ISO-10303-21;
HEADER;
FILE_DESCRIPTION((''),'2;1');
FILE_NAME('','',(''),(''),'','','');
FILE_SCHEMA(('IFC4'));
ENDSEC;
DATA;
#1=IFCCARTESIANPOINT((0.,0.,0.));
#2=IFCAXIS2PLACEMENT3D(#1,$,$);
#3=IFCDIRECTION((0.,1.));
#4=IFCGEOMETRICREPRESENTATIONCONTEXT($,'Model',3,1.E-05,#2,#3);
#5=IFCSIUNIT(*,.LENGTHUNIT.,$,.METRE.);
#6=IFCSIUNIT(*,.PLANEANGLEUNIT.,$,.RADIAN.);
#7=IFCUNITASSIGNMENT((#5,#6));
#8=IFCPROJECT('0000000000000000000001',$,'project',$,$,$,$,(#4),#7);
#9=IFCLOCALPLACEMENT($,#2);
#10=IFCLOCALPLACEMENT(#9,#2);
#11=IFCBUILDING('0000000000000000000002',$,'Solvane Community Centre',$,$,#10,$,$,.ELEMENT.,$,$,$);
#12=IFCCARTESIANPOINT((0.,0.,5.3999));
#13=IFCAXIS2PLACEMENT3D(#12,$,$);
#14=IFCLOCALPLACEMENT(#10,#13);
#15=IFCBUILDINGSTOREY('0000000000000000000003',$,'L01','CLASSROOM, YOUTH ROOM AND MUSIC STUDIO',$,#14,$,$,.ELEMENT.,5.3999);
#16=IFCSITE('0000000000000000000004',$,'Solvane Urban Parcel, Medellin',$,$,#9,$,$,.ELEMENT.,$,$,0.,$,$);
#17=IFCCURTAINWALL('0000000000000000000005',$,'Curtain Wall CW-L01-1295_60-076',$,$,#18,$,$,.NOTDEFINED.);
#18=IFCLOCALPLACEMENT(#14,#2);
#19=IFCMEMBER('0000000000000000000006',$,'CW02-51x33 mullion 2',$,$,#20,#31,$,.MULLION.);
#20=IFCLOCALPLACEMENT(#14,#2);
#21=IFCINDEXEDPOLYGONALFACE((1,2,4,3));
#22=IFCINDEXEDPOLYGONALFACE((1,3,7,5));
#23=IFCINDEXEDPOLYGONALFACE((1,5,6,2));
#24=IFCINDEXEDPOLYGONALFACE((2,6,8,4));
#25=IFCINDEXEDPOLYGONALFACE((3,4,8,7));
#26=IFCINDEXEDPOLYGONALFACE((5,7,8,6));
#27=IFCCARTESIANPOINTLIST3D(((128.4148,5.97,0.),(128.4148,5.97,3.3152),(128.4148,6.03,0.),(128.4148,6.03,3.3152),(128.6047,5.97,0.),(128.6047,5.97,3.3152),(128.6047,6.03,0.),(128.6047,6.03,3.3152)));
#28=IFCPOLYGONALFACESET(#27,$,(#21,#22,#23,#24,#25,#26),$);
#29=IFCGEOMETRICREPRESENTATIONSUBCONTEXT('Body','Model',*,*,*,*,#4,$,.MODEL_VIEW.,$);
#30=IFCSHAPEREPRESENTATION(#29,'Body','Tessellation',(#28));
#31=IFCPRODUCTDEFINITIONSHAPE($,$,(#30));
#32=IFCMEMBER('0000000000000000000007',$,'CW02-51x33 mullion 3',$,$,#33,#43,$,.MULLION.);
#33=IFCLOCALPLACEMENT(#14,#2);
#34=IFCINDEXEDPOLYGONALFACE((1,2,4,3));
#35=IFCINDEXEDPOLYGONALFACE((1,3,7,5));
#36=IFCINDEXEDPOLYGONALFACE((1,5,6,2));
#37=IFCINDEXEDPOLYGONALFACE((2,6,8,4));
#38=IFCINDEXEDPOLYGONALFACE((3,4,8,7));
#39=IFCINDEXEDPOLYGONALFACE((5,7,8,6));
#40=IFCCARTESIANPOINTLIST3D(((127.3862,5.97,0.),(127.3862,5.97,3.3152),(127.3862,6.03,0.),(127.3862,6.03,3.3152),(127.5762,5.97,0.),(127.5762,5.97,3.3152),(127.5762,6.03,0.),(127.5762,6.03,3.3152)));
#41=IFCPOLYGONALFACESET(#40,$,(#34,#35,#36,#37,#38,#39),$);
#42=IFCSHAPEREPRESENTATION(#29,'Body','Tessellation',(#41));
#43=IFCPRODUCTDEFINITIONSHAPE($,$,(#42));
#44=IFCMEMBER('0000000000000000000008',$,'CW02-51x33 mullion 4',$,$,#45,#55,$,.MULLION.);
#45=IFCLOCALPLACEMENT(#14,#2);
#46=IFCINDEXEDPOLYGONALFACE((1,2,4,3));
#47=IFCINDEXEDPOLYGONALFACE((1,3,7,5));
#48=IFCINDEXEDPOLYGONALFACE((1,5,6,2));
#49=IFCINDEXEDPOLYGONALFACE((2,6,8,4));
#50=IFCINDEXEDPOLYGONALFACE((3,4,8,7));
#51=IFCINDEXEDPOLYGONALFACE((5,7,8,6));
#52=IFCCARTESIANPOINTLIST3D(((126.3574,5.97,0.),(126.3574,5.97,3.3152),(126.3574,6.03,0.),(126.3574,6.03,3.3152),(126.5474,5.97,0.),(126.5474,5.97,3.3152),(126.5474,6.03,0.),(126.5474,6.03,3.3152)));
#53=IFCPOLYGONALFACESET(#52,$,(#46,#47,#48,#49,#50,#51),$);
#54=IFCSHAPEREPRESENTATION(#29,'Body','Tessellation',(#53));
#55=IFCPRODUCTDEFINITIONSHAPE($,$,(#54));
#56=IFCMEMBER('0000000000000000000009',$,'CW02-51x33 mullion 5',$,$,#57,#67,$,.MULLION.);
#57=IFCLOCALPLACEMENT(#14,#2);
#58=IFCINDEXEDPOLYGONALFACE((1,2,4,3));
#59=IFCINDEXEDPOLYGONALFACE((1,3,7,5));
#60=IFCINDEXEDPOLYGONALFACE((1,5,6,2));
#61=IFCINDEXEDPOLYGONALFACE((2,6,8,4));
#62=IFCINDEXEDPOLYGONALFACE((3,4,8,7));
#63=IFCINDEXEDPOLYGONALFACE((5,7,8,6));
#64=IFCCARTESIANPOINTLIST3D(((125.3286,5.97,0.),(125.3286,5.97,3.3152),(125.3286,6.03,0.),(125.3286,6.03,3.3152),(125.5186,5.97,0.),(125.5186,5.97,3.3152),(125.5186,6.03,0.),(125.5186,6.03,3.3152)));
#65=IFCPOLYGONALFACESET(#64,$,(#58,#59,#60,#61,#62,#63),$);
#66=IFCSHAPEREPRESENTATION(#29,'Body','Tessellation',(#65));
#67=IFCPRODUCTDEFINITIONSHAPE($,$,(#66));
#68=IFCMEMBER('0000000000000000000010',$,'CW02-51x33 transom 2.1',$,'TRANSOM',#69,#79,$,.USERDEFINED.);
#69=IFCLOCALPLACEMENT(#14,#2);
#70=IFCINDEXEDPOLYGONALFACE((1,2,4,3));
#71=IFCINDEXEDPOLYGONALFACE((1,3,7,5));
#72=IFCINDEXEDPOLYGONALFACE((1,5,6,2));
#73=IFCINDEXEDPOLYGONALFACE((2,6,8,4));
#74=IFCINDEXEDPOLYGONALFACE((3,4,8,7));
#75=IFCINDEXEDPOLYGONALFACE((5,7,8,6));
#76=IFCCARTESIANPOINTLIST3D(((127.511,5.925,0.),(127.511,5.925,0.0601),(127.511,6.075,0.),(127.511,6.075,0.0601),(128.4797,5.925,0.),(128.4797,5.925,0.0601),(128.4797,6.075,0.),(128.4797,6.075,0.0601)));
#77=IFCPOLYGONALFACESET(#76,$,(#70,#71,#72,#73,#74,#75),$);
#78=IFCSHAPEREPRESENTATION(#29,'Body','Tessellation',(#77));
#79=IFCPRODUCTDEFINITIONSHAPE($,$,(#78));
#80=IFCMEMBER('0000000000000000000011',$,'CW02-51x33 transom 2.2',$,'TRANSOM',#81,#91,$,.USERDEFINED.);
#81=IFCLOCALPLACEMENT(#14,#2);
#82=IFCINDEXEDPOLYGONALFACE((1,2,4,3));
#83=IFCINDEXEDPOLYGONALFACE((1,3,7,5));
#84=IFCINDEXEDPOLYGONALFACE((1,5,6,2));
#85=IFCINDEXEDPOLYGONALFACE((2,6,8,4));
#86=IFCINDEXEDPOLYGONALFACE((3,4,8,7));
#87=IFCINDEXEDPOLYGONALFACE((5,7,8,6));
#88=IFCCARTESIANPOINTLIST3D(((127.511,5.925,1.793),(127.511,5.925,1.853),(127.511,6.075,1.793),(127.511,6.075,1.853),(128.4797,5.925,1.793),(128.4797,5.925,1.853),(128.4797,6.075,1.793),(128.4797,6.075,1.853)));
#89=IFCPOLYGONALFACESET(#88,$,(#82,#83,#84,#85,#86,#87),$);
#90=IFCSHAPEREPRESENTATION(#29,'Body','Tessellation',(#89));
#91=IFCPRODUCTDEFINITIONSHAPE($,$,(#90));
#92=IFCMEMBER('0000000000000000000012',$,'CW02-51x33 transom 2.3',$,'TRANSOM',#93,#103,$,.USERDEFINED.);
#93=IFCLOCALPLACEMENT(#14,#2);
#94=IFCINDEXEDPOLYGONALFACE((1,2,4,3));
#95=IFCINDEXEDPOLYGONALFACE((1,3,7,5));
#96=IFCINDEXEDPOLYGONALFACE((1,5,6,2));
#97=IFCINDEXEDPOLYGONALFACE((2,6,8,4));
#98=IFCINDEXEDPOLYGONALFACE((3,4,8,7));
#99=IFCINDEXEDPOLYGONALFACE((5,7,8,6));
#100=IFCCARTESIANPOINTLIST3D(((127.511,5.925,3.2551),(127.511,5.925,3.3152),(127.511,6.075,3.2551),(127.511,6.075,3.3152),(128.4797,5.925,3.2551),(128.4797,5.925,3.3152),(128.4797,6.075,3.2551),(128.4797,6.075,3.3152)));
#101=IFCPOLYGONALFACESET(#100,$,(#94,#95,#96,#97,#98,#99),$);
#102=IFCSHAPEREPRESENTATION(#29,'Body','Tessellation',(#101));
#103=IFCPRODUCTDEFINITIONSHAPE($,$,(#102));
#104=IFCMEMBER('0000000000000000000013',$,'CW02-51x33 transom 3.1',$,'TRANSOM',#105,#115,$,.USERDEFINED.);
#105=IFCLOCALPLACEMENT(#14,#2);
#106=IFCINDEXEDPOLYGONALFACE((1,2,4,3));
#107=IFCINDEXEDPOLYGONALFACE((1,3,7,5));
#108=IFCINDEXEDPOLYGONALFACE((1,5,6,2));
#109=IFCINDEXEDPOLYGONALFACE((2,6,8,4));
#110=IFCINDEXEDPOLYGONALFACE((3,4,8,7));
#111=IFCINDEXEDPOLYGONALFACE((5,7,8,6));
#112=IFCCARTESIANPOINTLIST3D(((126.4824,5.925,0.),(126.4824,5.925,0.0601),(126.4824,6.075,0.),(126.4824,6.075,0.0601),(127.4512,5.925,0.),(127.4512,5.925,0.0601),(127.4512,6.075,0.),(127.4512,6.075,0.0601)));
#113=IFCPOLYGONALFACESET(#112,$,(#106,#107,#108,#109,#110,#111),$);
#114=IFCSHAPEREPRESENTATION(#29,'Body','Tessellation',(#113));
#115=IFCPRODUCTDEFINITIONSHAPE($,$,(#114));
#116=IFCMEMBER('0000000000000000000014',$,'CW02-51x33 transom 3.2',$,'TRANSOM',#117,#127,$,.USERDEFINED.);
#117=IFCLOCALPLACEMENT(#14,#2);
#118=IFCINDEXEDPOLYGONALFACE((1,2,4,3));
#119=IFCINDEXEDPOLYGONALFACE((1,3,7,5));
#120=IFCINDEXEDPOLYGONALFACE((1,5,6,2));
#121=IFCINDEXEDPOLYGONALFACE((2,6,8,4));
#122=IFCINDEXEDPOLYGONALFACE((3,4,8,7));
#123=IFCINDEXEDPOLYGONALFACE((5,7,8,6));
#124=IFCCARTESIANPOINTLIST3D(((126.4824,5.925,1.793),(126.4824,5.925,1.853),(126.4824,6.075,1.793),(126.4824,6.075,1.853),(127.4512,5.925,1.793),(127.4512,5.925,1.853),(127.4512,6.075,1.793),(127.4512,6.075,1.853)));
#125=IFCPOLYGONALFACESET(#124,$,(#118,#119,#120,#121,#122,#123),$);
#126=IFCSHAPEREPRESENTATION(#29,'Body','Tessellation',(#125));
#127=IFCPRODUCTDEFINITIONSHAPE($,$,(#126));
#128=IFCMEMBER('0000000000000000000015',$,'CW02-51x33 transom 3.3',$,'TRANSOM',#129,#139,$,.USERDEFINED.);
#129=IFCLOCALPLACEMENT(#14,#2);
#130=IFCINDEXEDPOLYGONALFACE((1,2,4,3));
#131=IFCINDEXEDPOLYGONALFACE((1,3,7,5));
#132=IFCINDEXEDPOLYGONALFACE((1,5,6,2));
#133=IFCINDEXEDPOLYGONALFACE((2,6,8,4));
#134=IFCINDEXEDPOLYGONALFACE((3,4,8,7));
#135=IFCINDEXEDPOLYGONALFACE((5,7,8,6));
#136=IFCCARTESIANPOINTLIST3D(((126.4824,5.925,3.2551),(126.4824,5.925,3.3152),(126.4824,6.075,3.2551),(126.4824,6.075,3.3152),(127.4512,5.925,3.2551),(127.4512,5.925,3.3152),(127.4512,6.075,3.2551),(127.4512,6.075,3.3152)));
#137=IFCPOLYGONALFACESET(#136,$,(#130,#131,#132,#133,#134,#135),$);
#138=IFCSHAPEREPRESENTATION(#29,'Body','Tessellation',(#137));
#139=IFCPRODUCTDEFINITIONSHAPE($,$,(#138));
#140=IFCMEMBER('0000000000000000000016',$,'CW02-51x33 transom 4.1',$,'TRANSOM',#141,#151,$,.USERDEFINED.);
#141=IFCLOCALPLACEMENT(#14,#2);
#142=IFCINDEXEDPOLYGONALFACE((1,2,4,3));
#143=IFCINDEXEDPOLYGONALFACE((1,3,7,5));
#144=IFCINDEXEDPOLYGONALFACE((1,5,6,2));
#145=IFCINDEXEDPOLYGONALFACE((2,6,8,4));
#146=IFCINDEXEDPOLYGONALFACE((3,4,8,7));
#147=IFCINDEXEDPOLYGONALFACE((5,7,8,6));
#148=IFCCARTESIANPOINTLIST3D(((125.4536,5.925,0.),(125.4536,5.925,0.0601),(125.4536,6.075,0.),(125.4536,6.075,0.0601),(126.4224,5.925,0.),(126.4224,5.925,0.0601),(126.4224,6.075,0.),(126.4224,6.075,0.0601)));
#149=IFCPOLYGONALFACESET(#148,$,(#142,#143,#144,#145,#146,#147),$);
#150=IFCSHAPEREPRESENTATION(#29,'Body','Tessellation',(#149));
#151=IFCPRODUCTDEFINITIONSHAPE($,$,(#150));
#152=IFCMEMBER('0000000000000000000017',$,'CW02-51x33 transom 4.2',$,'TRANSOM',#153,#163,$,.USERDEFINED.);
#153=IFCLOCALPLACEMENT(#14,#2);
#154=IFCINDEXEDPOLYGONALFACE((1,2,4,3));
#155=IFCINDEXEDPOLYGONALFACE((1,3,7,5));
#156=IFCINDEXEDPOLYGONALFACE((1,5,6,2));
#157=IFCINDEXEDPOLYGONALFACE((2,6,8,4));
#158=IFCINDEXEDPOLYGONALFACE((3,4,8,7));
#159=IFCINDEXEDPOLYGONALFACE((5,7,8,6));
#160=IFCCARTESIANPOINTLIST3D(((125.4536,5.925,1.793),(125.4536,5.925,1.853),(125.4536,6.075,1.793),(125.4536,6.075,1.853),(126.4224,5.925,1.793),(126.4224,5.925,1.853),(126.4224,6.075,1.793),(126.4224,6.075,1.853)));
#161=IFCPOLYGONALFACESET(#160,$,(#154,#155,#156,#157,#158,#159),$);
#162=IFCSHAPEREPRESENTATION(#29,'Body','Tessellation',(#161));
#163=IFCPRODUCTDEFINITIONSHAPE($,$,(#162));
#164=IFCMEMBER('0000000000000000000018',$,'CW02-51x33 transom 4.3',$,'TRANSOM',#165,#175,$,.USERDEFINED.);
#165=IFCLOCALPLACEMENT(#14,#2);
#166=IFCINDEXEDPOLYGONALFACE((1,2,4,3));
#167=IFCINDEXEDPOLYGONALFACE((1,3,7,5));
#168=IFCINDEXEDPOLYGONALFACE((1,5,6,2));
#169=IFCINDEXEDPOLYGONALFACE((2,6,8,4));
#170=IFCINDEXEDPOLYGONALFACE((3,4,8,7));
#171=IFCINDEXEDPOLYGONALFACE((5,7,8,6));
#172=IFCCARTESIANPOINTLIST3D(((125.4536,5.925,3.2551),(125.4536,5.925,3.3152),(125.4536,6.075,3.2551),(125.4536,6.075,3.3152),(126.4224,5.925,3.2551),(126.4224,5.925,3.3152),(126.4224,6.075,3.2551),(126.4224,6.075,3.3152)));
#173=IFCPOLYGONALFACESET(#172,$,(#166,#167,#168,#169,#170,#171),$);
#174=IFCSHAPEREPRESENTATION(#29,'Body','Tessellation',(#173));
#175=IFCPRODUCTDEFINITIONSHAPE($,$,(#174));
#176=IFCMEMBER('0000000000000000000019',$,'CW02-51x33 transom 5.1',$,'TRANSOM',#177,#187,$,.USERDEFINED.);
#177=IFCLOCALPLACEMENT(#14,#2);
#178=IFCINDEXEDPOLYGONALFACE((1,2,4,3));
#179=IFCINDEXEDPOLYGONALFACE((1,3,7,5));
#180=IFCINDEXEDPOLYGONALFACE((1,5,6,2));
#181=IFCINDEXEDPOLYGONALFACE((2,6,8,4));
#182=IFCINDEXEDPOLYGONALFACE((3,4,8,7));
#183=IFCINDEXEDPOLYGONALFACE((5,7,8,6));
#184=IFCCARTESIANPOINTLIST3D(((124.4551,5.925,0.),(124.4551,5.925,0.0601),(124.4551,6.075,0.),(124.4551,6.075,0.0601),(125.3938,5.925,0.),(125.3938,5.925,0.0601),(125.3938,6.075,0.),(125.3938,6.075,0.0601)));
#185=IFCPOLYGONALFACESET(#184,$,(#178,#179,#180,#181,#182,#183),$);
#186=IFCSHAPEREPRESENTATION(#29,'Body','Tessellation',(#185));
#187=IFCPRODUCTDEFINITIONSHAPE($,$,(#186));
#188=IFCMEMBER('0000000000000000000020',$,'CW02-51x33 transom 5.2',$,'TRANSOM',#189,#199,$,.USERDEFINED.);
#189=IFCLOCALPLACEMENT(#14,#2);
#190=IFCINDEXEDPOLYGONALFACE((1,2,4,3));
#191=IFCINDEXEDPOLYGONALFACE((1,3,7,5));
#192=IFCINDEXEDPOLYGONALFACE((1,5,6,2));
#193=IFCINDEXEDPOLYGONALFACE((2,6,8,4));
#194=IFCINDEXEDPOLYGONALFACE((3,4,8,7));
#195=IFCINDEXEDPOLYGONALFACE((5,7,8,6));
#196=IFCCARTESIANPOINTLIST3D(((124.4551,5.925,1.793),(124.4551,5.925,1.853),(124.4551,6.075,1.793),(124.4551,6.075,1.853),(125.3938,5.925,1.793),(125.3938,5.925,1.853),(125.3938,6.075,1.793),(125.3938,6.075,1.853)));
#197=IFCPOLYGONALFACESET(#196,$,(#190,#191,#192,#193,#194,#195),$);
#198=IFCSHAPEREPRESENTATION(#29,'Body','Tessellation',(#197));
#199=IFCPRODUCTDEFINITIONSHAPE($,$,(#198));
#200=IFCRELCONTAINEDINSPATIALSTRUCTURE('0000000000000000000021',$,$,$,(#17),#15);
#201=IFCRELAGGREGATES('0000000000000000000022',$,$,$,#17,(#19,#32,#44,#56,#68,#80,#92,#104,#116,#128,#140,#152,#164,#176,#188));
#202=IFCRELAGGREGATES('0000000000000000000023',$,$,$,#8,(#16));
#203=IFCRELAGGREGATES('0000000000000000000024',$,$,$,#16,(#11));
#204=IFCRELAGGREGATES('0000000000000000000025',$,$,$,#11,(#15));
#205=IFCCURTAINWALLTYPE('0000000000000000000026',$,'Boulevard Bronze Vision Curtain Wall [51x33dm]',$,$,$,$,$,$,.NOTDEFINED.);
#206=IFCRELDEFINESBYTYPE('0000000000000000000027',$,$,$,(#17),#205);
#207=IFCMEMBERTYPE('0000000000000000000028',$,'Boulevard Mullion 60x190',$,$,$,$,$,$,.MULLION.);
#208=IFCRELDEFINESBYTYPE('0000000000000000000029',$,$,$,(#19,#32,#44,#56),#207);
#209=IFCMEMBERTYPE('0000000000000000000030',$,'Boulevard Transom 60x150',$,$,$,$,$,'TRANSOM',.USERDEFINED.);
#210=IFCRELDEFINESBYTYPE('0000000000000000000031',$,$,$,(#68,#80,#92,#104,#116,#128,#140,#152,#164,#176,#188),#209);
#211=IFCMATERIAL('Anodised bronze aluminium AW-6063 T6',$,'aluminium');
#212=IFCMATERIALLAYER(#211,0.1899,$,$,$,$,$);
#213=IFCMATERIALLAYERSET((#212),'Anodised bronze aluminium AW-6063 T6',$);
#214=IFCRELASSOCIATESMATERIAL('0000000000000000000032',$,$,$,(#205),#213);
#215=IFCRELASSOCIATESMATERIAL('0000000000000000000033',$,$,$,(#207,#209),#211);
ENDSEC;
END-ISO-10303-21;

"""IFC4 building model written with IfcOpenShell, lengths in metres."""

from ifc_helpers import new_model, si_unit, direction, frame, origin, origin_2d, place, context, subcontext, project, spatial, rectangle, extrude, material, layer, layer_set, material_profile, profile_set, type_object, element, aggregate, save


model = new_model("IFC4")

# Units and contexts
model_context = context("Model", 3, precision=1e-05, world=origin(), true_north=direction((0.0, 1.0)))
body_context = subcontext(model_context, "Body", "Model", "MODEL_VIEW")
ifc_project = project(units=[si_unit("LENGTHUNIT", "METRE"), si_unit("PLANEANGLEUNIT", "RADIAN")], contexts=[model_context])

# Site, building, storey
site_placement = place(None, origin())
site = spatial("IfcSite", under=ifc_project, at=site_placement, Name="Solvane Urban Parcel, Medellin", CompositionType="ELEMENT", RefElevation=0.0)
building_placement = place(site_placement, origin())
building = spatial("IfcBuilding", under=site, at=building_placement, Name="Solvane Community Centre", CompositionType="ELEMENT")
storey_placement = place(building_placement, frame((0.0, 0.0, 5.3999)))
storey = spatial("IfcBuildingStorey", under=building, at=storey_placement, Name="L01", Description="CLASSROOM, YOUTH ROOM AND MUSIC STUDIO", CompositionType="ELEMENT", Elevation=5.3999)

# Curtain wall, members
ifc_material_1 = material(Name="Anodised bronze aluminium AW-6063 T6", Category="aluminium")
ifc_layer_1 = layer(ifc_material_1, 0.1899)
ifc_layer_set_1 = layer_set([ifc_layer_1], Name="Anodised bronze aluminium AW-6063 T6")
curtain_wall_type = type_object("IfcCurtainWallType", Name="Boulevard Bronze Vision Curtain Wall [51x33dm]", PredefinedType="NOTDEFINED", material=ifc_layer_set_1)
curtain_wall_placement = place(storey_placement, origin())
curtain_wall = element("IfcCurtainWall", 1, at=curtain_wall_placement, inside=storey, type_object=curtain_wall_type, Name="Curtain Wall CW-L01-1295_60-076", PredefinedType="NOTDEFINED")
ifc_material_profile_1 = material_profile(ifc_material_1, rectangle(XDim=0.0601, YDim=0.1899, at=origin_2d()), Name="CW-M 60x190")
ifc_profile_set_1 = profile_set([ifc_material_profile_1], Name="Anodised bronze aluminium AW-6063 T6")
member_type_1 = type_object("IfcMemberType", Name="Boulevard Mullion 60x190", PredefinedType="MULLION", material=ifc_profile_set_1)
member_1_placement = place(storey_placement, frame((128.5098, 6.0, 0.0), z_axis=(0.0, 0.0, 1.0), x_axis=(0.0, -1.0, 0.0)))
member_1 = element("IfcMember", 2, at=member_1_placement, type_object=member_type_1, Name="CW02-51x33 mullion 2", PredefinedType="MULLION", context=body_context, shape_type="SweptSolid", body=[
    extrude(rectangle(XDim=0.0601, YDim=0.1899, at=origin_2d()), origin(), (0.0, 0.0, 1.0), 3.3152),
])
member_2_placement = place(storey_placement, frame((127.4812, 6.0, 0.0), z_axis=(0.0, 0.0, 1.0), x_axis=(0.0, -1.0, 0.0)))
member_2 = element("IfcMember", 3, at=member_2_placement, type_object=member_type_1, Name="CW02-51x33 mullion 3", PredefinedType="MULLION", context=body_context, shape_type="SweptSolid", body=[
    extrude(rectangle(XDim=0.0601, YDim=0.1899, at=origin_2d()), origin(), (0.0, 0.0, 1.0), 3.3152),
])
member_3_placement = place(storey_placement, frame((126.4524, 6.0, 0.0), z_axis=(0.0, 0.0, 1.0), x_axis=(0.0, -1.0, 0.0)))
member_3 = element("IfcMember", 4, at=member_3_placement, type_object=member_type_1, Name="CW02-51x33 mullion 4", PredefinedType="MULLION", context=body_context, shape_type="SweptSolid", body=[
    extrude(rectangle(XDim=0.0601, YDim=0.1899, at=origin_2d()), origin(), (0.0, 0.0, 1.0), 3.3152),
])
member_4_placement = place(storey_placement, frame((125.4236, 6.0, 0.0), z_axis=(0.0, 0.0, 1.0), x_axis=(0.0, -1.0, 0.0)))
member_4 = element("IfcMember", 5, at=member_4_placement, type_object=member_type_1, Name="CW02-51x33 mullion 5", PredefinedType="MULLION", context=body_context, shape_type="SweptSolid", body=[
    extrude(rectangle(XDim=0.0601, YDim=0.1899, at=origin_2d()), origin(), (0.0, 0.0, 1.0), 3.3152),
])
ifc_material_profile_2 = material_profile(ifc_material_1, rectangle(XDim=0.1499, YDim=0.0601, at=origin_2d()), Name="CW-T 60x150")
ifc_profile_set_2 = profile_set([ifc_material_profile_2], Name="Anodised bronze aluminium AW-6063 T6")
member_type_2 = type_object("IfcMemberType", Name="Boulevard Transom 60x150", ElementType="TRANSOM", PredefinedType="USERDEFINED", material=ifc_profile_set_2)
member_5_placement = place(storey_placement, frame((128.4797, 6.0, 0.03), z_axis=(-1.0, 0.0, 0.0), x_axis=(0.0, -1.0, 0.0)))
member_5 = element("IfcMember", 6, at=member_5_placement, type_object=member_type_2, Name="CW02-51x33 transom 2.1", ObjectType="TRANSOM", PredefinedType="USERDEFINED", context=body_context, shape_type="SweptSolid", body=[
    extrude(rectangle(XDim=0.1499, YDim=0.0601, at=origin_2d()), origin(), (0.0, 0.0, 1.0), 0.9688),
])
member_6_placement = place(storey_placement, frame((128.4797, 6.0, 1.823), z_axis=(-1.0, 0.0, 0.0), x_axis=(0.0, -1.0, 0.0)))
member_6 = element("IfcMember", 7, at=member_6_placement, type_object=member_type_2, Name="CW02-51x33 transom 2.2", ObjectType="TRANSOM", PredefinedType="USERDEFINED", context=body_context, shape_type="SweptSolid", body=[
    extrude(rectangle(XDim=0.1499, YDim=0.0601, at=origin_2d()), origin(), (0.0, 0.0, 1.0), 0.9688),
])
member_7_placement = place(storey_placement, frame((128.4797, 6.0, 3.2852), z_axis=(-1.0, 0.0, 0.0), x_axis=(0.0, -1.0, 0.0)))
member_7 = element("IfcMember", 8, at=member_7_placement, type_object=member_type_2, Name="CW02-51x33 transom 2.3", ObjectType="TRANSOM", PredefinedType="USERDEFINED", context=body_context, shape_type="SweptSolid", body=[
    extrude(rectangle(XDim=0.1499, YDim=0.0601, at=origin_2d()), origin(), (0.0, 0.0, 1.0), 0.9688),
])
member_8_placement = place(storey_placement, frame((127.4512, 6.0, 0.03), z_axis=(-1.0, 0.0, 0.0), x_axis=(0.0, -1.0, 0.0)))
member_8 = element("IfcMember", 9, at=member_8_placement, type_object=member_type_2, Name="CW02-51x33 transom 3.1", ObjectType="TRANSOM", PredefinedType="USERDEFINED", context=body_context, shape_type="SweptSolid", body=[
    extrude(rectangle(XDim=0.1499, YDim=0.0601, at=origin_2d()), origin(), (0.0, 0.0, 1.0), 0.9688),
])
member_9_placement = place(storey_placement, frame((127.4512, 6.0, 1.823), z_axis=(-1.0, 0.0, 0.0), x_axis=(0.0, -1.0, 0.0)))
member_9 = element("IfcMember", 10, at=member_9_placement, type_object=member_type_2, Name="CW02-51x33 transom 3.2", ObjectType="TRANSOM", PredefinedType="USERDEFINED", context=body_context, shape_type="SweptSolid", body=[
    extrude(rectangle(XDim=0.1499, YDim=0.0601, at=origin_2d()), origin(), (0.0, 0.0, 1.0), 0.9688),
])
member_10_placement = place(storey_placement, frame((127.4512, 6.0, 3.2852), z_axis=(-1.0, 0.0, 0.0), x_axis=(0.0, -1.0, 0.0)))
member_10 = element("IfcMember", 11, at=member_10_placement, type_object=member_type_2, Name="CW02-51x33 transom 3.3", ObjectType="TRANSOM", PredefinedType="USERDEFINED", context=body_context, shape_type="SweptSolid", body=[
    extrude(rectangle(XDim=0.1499, YDim=0.0601, at=origin_2d()), origin(), (0.0, 0.0, 1.0), 0.9688),
])
member_11_placement = place(storey_placement, frame((126.4224, 6.0, 0.03), z_axis=(-1.0, 0.0, 0.0), x_axis=(0.0, -1.0, 0.0)))
member_11 = element("IfcMember", 12, at=member_11_placement, type_object=member_type_2, Name="CW02-51x33 transom 4.1", ObjectType="TRANSOM", PredefinedType="USERDEFINED", context=body_context, shape_type="SweptSolid", body=[
    extrude(rectangle(XDim=0.1499, YDim=0.0601, at=origin_2d()), origin(), (0.0, 0.0, 1.0), 0.9688),
])
member_12_placement = place(storey_placement, frame((126.4224, 6.0, 1.823), z_axis=(-1.0, 0.0, 0.0), x_axis=(0.0, -1.0, 0.0)))
member_12 = element("IfcMember", 13, at=member_12_placement, type_object=member_type_2, Name="CW02-51x33 transom 4.2", ObjectType="TRANSOM", PredefinedType="USERDEFINED", context=body_context, shape_type="SweptSolid", body=[
    extrude(rectangle(XDim=0.1499, YDim=0.0601, at=origin_2d()), origin(), (0.0, 0.0, 1.0), 0.9688),
])
member_13_placement = place(storey_placement, frame((126.4224, 6.0, 3.2852), z_axis=(-1.0, 0.0, 0.0), x_axis=(0.0, -1.0, 0.0)))
member_13 = element("IfcMember", 14, at=member_13_placement, type_object=member_type_2, Name="CW02-51x33 transom 4.3", ObjectType="TRANSOM", PredefinedType="USERDEFINED", context=body_context, shape_type="SweptSolid", body=[
    extrude(rectangle(XDim=0.1499, YDim=0.0601, at=origin_2d()), origin(), (0.0, 0.0, 1.0), 0.9688),
])
member_14_placement = place(storey_placement, frame((125.3938, 6.0, 0.03), z_axis=(-1.0, 0.0, 0.0), x_axis=(0.0, -1.0, 0.0)))
member_14 = element("IfcMember", 15, at=member_14_placement, type_object=member_type_2, Name="CW02-51x33 transom 5.1", ObjectType="TRANSOM", PredefinedType="USERDEFINED", context=body_context, shape_type="SweptSolid", body=[
    extrude(rectangle(XDim=0.1499, YDim=0.0601, at=origin_2d()), origin(), (0.0, 0.0, 1.0), 0.9387),
])
member_15_placement = place(storey_placement, frame((125.3938, 6.0, 1.823), z_axis=(-1.0, 0.0, 0.0), x_axis=(0.0, -1.0, 0.0)))
member_15 = element("IfcMember", 16, at=member_15_placement, type_object=member_type_2, Name="CW02-51x33 transom 5.2", ObjectType="TRANSOM", PredefinedType="USERDEFINED", context=body_context, shape_type="SweptSolid", body=[
    extrude(rectangle(XDim=0.1499, YDim=0.0601, at=origin_2d()), origin(), (0.0, 0.0, 1.0), 0.9387),
])
aggregate(curtain_wall, [member_1, member_2, member_3, member_4, member_5, member_6, member_7, member_8, member_9, member_10, member_11, member_12, member_13, member_14, member_15])

save(model, "model.ifc")
